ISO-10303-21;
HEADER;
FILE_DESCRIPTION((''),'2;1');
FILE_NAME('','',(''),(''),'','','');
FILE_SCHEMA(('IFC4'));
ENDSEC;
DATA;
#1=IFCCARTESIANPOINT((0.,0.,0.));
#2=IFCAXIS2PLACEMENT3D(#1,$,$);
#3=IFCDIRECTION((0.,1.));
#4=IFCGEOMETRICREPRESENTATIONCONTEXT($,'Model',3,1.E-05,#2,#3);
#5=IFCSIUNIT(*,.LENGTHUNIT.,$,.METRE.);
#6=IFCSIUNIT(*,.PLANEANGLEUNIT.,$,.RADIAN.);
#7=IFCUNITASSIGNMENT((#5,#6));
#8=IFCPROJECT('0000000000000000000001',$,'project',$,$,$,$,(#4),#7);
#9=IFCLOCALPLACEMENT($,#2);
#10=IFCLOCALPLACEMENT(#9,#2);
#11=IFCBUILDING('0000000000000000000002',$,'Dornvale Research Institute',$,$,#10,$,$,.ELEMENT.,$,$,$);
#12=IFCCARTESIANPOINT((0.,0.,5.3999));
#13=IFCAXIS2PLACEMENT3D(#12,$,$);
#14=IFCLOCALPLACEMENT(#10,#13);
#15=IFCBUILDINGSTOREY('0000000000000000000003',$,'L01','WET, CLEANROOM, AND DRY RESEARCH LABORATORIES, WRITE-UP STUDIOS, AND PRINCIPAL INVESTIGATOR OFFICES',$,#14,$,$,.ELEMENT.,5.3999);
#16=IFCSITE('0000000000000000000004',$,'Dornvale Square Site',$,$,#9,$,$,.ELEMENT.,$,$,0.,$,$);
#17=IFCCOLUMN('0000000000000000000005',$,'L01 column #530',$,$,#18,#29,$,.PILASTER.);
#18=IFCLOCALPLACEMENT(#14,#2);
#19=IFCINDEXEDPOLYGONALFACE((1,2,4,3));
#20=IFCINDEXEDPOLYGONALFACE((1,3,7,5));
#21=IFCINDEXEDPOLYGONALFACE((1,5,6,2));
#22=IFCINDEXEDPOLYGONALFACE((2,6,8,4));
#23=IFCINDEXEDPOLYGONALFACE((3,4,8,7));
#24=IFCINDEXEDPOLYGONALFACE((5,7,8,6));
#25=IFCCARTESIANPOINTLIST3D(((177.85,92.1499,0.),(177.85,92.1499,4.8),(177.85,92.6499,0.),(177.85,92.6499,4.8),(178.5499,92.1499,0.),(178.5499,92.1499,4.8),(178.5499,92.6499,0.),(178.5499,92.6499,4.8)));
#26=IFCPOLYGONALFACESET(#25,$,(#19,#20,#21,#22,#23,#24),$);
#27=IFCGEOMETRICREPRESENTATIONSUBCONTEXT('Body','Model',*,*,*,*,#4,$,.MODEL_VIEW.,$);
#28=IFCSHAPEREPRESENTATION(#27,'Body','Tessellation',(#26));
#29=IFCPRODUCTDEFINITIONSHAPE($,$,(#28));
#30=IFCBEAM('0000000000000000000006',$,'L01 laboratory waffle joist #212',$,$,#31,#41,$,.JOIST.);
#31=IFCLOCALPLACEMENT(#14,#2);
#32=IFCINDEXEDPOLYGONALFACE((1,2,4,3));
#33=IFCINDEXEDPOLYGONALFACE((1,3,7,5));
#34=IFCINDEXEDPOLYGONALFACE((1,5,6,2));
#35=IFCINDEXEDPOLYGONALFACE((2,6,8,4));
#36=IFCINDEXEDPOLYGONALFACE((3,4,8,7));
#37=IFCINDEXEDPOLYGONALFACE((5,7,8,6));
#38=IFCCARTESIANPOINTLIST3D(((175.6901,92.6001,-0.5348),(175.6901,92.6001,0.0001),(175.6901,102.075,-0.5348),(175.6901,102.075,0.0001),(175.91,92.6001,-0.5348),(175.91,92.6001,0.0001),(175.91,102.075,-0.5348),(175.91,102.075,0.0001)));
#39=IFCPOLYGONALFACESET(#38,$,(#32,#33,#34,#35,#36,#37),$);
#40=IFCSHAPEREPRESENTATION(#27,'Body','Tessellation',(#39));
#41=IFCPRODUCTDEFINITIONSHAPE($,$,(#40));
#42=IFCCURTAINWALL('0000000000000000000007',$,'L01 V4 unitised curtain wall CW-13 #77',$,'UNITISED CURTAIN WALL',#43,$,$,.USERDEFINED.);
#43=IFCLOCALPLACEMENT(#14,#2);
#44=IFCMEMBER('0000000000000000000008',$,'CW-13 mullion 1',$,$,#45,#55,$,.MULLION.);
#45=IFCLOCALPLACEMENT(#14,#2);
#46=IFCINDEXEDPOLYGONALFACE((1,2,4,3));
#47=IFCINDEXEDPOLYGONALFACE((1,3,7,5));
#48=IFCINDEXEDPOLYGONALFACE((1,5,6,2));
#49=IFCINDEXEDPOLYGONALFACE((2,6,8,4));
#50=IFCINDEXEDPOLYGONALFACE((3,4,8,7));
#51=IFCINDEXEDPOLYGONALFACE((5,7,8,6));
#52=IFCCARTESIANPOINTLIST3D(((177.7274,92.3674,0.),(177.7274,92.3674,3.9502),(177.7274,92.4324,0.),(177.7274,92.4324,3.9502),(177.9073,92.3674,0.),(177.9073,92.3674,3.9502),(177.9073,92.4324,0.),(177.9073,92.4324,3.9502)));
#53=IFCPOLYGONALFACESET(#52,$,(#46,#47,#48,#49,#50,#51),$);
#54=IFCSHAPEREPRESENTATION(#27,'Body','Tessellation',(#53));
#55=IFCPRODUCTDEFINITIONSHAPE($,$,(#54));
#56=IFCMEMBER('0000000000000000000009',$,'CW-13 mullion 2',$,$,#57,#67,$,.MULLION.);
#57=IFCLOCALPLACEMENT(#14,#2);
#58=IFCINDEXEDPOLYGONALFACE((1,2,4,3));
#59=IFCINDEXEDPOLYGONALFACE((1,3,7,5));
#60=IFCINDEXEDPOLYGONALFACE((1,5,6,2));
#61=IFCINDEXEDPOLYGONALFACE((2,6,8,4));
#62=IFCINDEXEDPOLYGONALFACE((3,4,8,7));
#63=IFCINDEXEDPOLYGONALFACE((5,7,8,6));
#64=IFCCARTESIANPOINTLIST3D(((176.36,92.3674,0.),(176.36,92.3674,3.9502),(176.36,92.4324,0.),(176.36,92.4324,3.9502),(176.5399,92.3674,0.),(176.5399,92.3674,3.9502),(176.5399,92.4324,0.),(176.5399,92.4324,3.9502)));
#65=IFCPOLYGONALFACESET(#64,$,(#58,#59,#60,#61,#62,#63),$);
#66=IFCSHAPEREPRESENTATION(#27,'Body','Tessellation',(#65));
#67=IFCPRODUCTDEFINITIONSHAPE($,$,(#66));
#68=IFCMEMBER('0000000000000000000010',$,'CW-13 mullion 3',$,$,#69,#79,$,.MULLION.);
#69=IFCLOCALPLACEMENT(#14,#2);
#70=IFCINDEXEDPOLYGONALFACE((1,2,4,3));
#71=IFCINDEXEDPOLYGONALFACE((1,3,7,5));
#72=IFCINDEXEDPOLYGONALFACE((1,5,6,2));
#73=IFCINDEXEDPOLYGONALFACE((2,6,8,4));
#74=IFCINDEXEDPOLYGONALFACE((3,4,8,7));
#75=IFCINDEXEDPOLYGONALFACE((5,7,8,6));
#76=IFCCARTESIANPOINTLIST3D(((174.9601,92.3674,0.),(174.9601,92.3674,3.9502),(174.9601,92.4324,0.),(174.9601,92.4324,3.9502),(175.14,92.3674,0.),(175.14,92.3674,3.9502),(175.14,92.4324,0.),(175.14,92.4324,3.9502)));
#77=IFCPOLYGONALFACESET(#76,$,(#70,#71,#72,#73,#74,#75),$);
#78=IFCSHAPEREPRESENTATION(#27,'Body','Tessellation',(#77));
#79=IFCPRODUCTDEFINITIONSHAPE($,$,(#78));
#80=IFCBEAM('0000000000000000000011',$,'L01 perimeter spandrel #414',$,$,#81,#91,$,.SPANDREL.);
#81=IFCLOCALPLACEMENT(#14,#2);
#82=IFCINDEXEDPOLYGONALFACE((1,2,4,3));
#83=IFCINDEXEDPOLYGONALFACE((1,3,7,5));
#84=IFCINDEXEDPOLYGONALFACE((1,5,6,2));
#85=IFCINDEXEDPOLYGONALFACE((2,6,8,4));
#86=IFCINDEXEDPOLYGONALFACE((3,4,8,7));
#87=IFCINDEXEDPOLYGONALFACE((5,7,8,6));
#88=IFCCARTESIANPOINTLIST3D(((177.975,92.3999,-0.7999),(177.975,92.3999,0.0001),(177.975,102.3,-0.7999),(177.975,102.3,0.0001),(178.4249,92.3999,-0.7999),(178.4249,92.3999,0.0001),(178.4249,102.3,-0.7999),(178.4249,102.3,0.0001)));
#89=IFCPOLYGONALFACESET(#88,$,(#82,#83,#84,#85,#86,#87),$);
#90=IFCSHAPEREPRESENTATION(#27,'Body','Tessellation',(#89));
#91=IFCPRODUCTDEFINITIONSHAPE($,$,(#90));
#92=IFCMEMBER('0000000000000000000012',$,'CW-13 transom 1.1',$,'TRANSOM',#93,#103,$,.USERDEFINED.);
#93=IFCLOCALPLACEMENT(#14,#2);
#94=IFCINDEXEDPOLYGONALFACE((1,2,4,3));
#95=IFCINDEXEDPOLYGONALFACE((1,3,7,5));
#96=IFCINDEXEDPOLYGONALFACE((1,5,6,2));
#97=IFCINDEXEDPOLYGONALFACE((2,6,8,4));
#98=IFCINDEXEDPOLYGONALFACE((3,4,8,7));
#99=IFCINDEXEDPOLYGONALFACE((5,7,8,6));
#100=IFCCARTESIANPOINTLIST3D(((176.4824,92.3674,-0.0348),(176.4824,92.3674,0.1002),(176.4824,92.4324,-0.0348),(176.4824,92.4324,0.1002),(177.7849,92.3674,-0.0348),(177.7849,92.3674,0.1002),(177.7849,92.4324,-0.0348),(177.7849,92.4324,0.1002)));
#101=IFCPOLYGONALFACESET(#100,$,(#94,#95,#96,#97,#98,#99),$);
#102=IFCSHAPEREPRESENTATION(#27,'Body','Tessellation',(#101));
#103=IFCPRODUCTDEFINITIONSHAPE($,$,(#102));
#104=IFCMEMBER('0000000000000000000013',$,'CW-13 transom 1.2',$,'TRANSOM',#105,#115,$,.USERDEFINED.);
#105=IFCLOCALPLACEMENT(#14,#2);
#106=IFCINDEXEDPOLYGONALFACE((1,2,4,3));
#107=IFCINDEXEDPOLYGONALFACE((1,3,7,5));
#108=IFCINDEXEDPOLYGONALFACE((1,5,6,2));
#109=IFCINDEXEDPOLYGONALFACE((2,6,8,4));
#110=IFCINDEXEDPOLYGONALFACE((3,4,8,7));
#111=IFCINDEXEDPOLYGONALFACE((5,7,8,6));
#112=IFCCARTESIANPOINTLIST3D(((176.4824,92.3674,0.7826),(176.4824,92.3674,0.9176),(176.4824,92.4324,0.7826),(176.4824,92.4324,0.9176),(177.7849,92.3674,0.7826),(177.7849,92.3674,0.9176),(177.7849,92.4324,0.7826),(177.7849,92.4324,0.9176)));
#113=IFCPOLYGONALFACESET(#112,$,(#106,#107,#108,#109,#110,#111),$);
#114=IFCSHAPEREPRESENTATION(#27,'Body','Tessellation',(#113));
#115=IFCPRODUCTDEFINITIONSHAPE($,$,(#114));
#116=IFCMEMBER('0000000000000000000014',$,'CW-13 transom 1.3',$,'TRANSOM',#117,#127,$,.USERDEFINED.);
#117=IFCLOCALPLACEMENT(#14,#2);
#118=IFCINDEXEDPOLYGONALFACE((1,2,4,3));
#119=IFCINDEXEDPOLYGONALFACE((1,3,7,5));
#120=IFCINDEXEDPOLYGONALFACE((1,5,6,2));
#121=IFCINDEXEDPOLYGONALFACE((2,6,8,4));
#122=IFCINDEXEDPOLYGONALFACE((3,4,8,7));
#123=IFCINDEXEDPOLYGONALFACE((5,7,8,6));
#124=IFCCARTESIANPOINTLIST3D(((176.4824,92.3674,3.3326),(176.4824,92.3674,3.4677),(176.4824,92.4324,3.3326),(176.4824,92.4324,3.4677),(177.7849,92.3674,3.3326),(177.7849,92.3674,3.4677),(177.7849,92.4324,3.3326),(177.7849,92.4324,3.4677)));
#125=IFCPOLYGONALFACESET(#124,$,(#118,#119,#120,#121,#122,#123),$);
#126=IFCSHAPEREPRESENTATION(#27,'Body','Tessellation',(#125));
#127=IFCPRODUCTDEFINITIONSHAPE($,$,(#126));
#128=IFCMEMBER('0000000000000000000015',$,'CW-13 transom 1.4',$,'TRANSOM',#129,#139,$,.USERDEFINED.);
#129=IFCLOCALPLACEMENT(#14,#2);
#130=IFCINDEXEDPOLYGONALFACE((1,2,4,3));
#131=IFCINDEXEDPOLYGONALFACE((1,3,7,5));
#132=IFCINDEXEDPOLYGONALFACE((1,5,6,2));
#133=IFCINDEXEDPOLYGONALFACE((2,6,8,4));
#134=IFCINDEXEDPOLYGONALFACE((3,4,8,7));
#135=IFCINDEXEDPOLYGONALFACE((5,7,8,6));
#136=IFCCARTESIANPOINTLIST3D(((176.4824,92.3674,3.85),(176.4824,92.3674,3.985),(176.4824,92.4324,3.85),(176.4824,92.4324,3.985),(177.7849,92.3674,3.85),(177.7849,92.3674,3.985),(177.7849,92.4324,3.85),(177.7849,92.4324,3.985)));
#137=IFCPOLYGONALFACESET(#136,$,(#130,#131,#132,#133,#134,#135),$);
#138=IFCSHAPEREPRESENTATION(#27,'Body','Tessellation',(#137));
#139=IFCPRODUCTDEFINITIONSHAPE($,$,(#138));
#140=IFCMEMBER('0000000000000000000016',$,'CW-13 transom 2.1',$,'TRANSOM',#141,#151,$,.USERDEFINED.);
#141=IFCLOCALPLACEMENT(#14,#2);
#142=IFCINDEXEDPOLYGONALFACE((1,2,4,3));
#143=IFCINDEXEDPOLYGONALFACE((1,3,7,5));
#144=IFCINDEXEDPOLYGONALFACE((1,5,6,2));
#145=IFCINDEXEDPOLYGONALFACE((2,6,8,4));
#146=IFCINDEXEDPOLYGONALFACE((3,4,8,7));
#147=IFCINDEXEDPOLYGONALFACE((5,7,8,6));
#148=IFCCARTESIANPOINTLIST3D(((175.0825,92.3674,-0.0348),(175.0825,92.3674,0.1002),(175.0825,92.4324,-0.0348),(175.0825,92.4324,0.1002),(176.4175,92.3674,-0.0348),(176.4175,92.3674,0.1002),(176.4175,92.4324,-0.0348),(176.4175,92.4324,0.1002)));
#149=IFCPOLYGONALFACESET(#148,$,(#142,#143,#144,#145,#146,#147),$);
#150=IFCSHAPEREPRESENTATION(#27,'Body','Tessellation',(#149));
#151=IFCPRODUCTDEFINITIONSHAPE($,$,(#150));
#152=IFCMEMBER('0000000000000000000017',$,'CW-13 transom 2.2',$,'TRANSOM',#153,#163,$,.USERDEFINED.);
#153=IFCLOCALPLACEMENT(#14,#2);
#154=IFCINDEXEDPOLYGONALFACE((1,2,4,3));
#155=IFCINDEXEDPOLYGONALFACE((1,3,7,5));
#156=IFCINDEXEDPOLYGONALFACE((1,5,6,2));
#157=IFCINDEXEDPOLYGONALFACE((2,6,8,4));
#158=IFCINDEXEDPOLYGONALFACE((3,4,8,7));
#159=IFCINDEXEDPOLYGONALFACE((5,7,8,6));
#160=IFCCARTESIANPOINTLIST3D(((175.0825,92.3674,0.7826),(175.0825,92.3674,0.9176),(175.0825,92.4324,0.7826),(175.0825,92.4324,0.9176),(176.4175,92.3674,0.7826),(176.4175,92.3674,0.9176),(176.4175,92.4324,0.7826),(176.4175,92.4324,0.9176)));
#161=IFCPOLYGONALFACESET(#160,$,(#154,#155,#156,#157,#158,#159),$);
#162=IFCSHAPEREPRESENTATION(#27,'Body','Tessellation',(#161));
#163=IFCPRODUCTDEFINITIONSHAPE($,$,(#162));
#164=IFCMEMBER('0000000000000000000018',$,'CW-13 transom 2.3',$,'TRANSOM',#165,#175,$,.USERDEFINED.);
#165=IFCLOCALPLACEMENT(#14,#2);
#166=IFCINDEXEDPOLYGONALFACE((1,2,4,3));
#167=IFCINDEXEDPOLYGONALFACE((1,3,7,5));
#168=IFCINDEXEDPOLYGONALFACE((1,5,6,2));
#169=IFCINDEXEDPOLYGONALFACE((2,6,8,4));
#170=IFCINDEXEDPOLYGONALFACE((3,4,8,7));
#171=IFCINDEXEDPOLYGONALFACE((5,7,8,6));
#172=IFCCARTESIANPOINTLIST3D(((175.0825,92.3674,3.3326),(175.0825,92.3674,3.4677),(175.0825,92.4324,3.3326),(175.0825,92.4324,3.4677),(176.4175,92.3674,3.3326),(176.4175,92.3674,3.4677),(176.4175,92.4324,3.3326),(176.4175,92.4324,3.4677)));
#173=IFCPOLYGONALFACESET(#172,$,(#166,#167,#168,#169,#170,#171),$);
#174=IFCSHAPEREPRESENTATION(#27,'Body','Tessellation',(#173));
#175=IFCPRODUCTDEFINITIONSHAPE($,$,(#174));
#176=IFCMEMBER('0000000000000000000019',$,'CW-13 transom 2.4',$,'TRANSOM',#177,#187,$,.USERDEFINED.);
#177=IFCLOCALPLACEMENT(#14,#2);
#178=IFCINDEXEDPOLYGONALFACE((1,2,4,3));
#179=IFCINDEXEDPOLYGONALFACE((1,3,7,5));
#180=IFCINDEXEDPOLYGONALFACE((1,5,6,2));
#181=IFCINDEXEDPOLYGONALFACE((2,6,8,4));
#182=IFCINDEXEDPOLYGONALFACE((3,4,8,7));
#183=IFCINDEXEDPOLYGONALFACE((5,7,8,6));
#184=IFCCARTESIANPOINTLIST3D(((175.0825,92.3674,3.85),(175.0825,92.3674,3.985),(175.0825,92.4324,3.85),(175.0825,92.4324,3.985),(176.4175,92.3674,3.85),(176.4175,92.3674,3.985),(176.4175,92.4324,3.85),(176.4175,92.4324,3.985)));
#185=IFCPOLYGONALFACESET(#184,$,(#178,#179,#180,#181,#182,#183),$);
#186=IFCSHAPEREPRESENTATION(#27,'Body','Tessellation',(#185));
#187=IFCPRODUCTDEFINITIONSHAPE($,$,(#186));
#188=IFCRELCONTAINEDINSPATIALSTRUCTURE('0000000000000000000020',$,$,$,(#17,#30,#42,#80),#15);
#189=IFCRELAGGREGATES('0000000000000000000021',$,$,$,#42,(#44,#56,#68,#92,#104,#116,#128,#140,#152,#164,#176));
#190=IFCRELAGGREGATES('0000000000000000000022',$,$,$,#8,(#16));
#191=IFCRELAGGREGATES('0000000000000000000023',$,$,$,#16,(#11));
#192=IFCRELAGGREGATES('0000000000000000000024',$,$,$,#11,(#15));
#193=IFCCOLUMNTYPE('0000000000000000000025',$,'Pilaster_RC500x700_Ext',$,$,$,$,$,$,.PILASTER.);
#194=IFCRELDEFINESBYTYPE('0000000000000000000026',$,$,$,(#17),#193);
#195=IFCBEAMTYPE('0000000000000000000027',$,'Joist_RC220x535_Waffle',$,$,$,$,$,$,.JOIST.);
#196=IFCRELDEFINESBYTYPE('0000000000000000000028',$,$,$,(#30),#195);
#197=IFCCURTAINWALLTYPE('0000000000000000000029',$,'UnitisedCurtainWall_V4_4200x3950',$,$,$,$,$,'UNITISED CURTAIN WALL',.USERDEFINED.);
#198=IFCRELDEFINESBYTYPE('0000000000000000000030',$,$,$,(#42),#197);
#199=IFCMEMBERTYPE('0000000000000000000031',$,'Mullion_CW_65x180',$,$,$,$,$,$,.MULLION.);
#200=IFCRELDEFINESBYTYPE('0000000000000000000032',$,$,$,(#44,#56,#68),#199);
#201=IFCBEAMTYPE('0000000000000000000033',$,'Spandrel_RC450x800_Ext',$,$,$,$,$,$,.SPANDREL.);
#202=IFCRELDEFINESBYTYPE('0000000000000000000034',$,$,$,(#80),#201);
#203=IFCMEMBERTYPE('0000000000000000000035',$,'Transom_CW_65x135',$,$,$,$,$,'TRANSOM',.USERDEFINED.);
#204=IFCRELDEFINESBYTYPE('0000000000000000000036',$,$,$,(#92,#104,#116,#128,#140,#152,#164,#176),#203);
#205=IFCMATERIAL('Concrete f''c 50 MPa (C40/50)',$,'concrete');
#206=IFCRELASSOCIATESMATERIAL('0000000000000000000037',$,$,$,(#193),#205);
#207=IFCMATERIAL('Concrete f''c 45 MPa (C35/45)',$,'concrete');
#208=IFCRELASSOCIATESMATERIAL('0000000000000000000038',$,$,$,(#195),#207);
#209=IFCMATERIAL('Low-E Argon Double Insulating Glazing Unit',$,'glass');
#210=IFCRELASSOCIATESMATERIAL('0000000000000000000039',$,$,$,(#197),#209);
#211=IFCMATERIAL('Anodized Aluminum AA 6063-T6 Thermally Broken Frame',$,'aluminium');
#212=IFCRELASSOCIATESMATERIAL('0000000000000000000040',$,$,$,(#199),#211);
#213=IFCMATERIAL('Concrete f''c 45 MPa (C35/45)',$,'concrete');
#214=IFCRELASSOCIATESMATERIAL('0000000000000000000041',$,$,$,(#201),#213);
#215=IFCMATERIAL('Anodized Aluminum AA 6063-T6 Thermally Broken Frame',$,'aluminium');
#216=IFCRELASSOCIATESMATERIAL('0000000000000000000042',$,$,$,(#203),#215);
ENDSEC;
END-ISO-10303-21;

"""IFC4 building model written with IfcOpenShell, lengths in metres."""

from ifc_helpers import new_model, si_unit, direction, frame, origin, origin_2d, place, context, subcontext, project, spatial, rectangle, extrude, material, material_profile, profile_set, type_object, element, aggregate, save


model = new_model("IFC4")

# Units and contexts
model_context = context("Model", 3, precision=1e-05, world=origin(), true_north=direction((0.0, 1.0)))
body_context = subcontext(model_context, "Body", "Model", "MODEL_VIEW")
ifc_project = project(units=[si_unit("LENGTHUNIT", "METRE"), si_unit("PLANEANGLEUNIT", "RADIAN")], contexts=[model_context])

# Site, building, storey
site_placement = place(None, origin())
site = spatial("IfcSite", under=ifc_project, at=site_placement, Name="Dornvale Square Site", CompositionType="ELEMENT", RefElevation=0.0)
building_placement = place(site_placement, origin())
building = spatial("IfcBuilding", under=site, at=building_placement, Name="Dornvale Research Institute", CompositionType="ELEMENT")
storey_placement = place(building_placement, frame((0.0, 0.0, 5.3999)))
storey = spatial("IfcBuildingStorey", under=building, at=storey_placement, Name="L01", Description="WET, CLEANROOM, AND DRY RESEARCH LABORATORIES, WRITE-UP STUDIOS, AND PRINCIPAL INVESTIGATOR OFFICES", CompositionType="ELEMENT", Elevation=5.3999)

# Column
ifc_material_1 = material(Name="Concrete f'c 50 MPa (C40/50)", Category="concrete")
ifc_material_profile_1 = material_profile(ifc_material_1, rectangle(XDim=0.5, YDim=0.7, at=origin_2d()), Name="RC 500x700")
ifc_profile_set_1 = profile_set([ifc_material_profile_1], Name="Concrete f'c 50 MPa (C40/50)")
column_type = type_object("IfcColumnType", Name="Pilaster_RC500x700_Ext", PredefinedType="PILASTER", material=ifc_profile_set_1)
column_placement = place(storey_placement, frame((178.2, 92.3999, 0.0), z_axis=(0.0, 0.0, 1.0), x_axis=(0.0, 1.0, 0.0)))
element("IfcColumn", 1, at=column_placement, inside=storey, type_object=column_type, Name="L01 column #530", PredefinedType="PILASTER", context=body_context, shape_type="SweptSolid", body=[
    extrude(rectangle(XDim=0.5, YDim=0.7, at=origin_2d()), origin(), (0.0, 0.0, 1.0), 4.8),
])

# Beam
ifc_material_2 = material(Name="Concrete f'c 45 MPa (C35/45)", Category="concrete")
ifc_material_profile_2 = material_profile(ifc_material_2, rectangle(XDim=0.22, YDim=0.5349, at=origin_2d()), Name="RC 220x535")
ifc_profile_set_2 = profile_set([ifc_material_profile_2], Name="Concrete f'c 45 MPa (C35/45)")
beam_type_1 = type_object("IfcBeamType", Name="Joist_RC220x535_Waffle", PredefinedType="JOIST", material=ifc_profile_set_2)
beam_1_placement = place(storey_placement, frame((175.8, 92.6001, -0.2673), z_axis=(0.0, 1.0, 0.0), x_axis=(-1.0, 0.0, 0.0)))
element("IfcBeam", 2, at=beam_1_placement, inside=storey, type_object=beam_type_1, Name="L01 laboratory waffle joist #212", PredefinedType="JOIST", context=body_context, shape_type="SweptSolid", body=[
    extrude(rectangle(XDim=0.22, YDim=0.5349, at=origin_2d()), origin(), (0.0, 0.0, 1.0), 9.4749),
])

# Curtain wall, members
ifc_material_3 = material(Name="Low-E Argon Double Insulating Glazing Unit", Category="glass")
curtain_wall_type = type_object("IfcCurtainWallType", Name="UnitisedCurtainWall_V4_4200x3950", ElementType="UNITISED CURTAIN WALL", PredefinedType="USERDEFINED", material=ifc_material_3)
curtain_wall_placement = place(storey_placement, origin())
curtain_wall = element("IfcCurtainWall", 3, at=curtain_wall_placement, inside=storey, type_object=curtain_wall_type, Name="L01 V4 unitised curtain wall CW-13 #77", ObjectType="UNITISED CURTAIN WALL", PredefinedType="USERDEFINED")
ifc_material_4 = material(Name="Anodized Aluminum AA 6063-T6 Thermally Broken Frame", Category="aluminium")
ifc_material_profile_3 = material_profile(ifc_material_4, rectangle(XDim=0.0649, YDim=0.1799, at=origin_2d()), Name="ALU MULLION 65x180")
ifc_profile_set_3 = profile_set([ifc_material_profile_3], Name="Anodized Aluminum AA 6063-T6 Thermally Broken Frame")
member_type_1 = type_object("IfcMemberType", Name="Mullion_CW_65x180", PredefinedType="MULLION", material=ifc_profile_set_3)
member_1_placement = place(storey_placement, frame((177.8174, 92.3999, 0.0), z_axis=(0.0, 0.0, 1.0), x_axis=(0.0, -1.0, 0.0)))
member_1 = element("IfcMember", 4, at=member_1_placement, type_object=member_type_1, Name="CW-13 mullion 1", PredefinedType="MULLION", context=body_context, shape_type="SweptSolid", body=[
    extrude(rectangle(XDim=0.0649, YDim=0.1799, at=origin_2d()), origin(), (0.0, 0.0, 1.0), 3.9502),
])
member_2_placement = place(storey_placement, frame((176.45, 92.3999, 0.0), z_axis=(0.0, 0.0, 1.0), x_axis=(0.0, -1.0, 0.0)))
member_2 = element("IfcMember", 5, at=member_2_placement, type_object=member_type_1, Name="CW-13 mullion 2", PredefinedType="MULLION", context=body_context, shape_type="SweptSolid", body=[
    extrude(rectangle(XDim=0.0649, YDim=0.1799, at=origin_2d()), origin(), (0.0, 0.0, 1.0), 3.9502),
])
member_3_placement = place(storey_placement, frame((175.05, 92.3999, 0.0), z_axis=(0.0, 0.0, 1.0), x_axis=(0.0, -1.0, 0.0)))
member_3 = element("IfcMember", 6, at=member_3_placement, type_object=member_type_1, Name="CW-13 mullion 3", PredefinedType="MULLION", context=body_context, shape_type="SweptSolid", body=[
    extrude(rectangle(XDim=0.0649, YDim=0.1799, at=origin_2d()), origin(), (0.0, 0.0, 1.0), 3.9502),
])

# Beam
ifc_material_5 = material(Name="Concrete f'c 45 MPa (C35/45)", Category="concrete")
ifc_material_profile_4 = material_profile(ifc_material_5, rectangle(XDim=0.45, YDim=0.8, at=origin_2d()), Name="RC 450x800")
ifc_profile_set_4 = profile_set([ifc_material_profile_4], Name="Concrete f'c 45 MPa (C35/45)")
beam_type_2 = type_object("IfcBeamType", Name="Spandrel_RC450x800_Ext", PredefinedType="SPANDREL", material=ifc_profile_set_4)
beam_2_placement = place(storey_placement, frame((178.2, 92.3999, -0.3999), z_axis=(0.0, 1.0, 0.0), x_axis=(-1.0, 0.0, 0.0)))
element("IfcBeam", 7, at=beam_2_placement, inside=storey, type_object=beam_type_2, Name="L01 perimeter spandrel #414", PredefinedType="SPANDREL", context=body_context, shape_type="SweptSolid", body=[
    extrude(rectangle(XDim=0.45, YDim=0.8, at=origin_2d()), origin(), (0.0, 0.0, 1.0), 9.9001),
])

# Members
ifc_material_6 = material(Name="Anodized Aluminum AA 6063-T6 Thermally Broken Frame", Category="aluminium")
ifc_material_profile_5 = material_profile(ifc_material_6, rectangle(XDim=0.0649, YDim=0.135, at=origin_2d()), Name="ALU TRANSOM 65x135")
ifc_profile_set_5 = profile_set([ifc_material_profile_5], Name="Anodized Aluminum AA 6063-T6 Thermally Broken Frame")
member_type_2 = type_object("IfcMemberType", Name="Transom_CW_65x135", ElementType="TRANSOM", PredefinedType="USERDEFINED", material=ifc_profile_set_5)
member_4_placement = place(storey_placement, frame((177.7849, 92.3999, 0.0327), z_axis=(-1.0, 0.0, 0.0), x_axis=(0.0, -1.0, 0.0)))
member_4 = element("IfcMember", 8, at=member_4_placement, type_object=member_type_2, Name="CW-13 transom 1.1", ObjectType="TRANSOM", PredefinedType="USERDEFINED", context=body_context, shape_type="SweptSolid", body=[
    extrude(rectangle(XDim=0.0649, YDim=0.135, at=origin_2d()), origin(), (0.0, 0.0, 1.0), 1.3025),
])
member_5_placement = place(storey_placement, frame((177.7849, 92.3999, 0.8501), z_axis=(-1.0, 0.0, 0.0), x_axis=(0.0, -1.0, 0.0)))
member_5 = element("IfcMember", 9, at=member_5_placement, type_object=member_type_2, Name="CW-13 transom 1.2", ObjectType="TRANSOM", PredefinedType="USERDEFINED", context=body_context, shape_type="SweptSolid", body=[
    extrude(rectangle(XDim=0.0649, YDim=0.135, at=origin_2d()), origin(), (0.0, 0.0, 1.0), 1.3025),
])
member_6_placement = place(storey_placement, frame((177.7849, 92.3999, 3.4001), z_axis=(-1.0, 0.0, 0.0), x_axis=(0.0, -1.0, 0.0)))
member_6 = element("IfcMember", 10, at=member_6_placement, type_object=member_type_2, Name="CW-13 transom 1.3", ObjectType="TRANSOM", PredefinedType="USERDEFINED", context=body_context, shape_type="SweptSolid", body=[
    extrude(rectangle(XDim=0.0649, YDim=0.135, at=origin_2d()), origin(), (0.0, 0.0, 1.0), 1.3025),
])
member_7_placement = place(storey_placement, frame((177.7849, 92.3999, 3.9175), z_axis=(-1.0, 0.0, 0.0), x_axis=(0.0, -1.0, 0.0)))
member_7 = element("IfcMember", 11, at=member_7_placement, type_object=member_type_2, Name="CW-13 transom 1.4", ObjectType="TRANSOM", PredefinedType="USERDEFINED", context=body_context, shape_type="SweptSolid", body=[
    extrude(rectangle(XDim=0.0649, YDim=0.135, at=origin_2d()), origin(), (0.0, 0.0, 1.0), 1.3025),
])
member_8_placement = place(storey_placement, frame((176.4175, 92.3999, 0.0327), z_axis=(-1.0, 0.0, 0.0), x_axis=(0.0, -1.0, 0.0)))
member_8 = element("IfcMember", 12, at=member_8_placement, type_object=member_type_2, Name="CW-13 transom 2.1", ObjectType="TRANSOM", PredefinedType="USERDEFINED", context=body_context, shape_type="SweptSolid", body=[
    extrude(rectangle(XDim=0.0649, YDim=0.135, at=origin_2d()), origin(), (0.0, 0.0, 1.0), 1.335),
])
member_9_placement = place(storey_placement, frame((176.4175, 92.3999, 0.8501), z_axis=(-1.0, 0.0, 0.0), x_axis=(0.0, -1.0, 0.0)))
member_9 = element("IfcMember", 13, at=member_9_placement, type_object=member_type_2, Name="CW-13 transom 2.2", ObjectType="TRANSOM", PredefinedType="USERDEFINED", context=body_context, shape_type="SweptSolid", body=[
    extrude(rectangle(XDim=0.0649, YDim=0.135, at=origin_2d()), origin(), (0.0, 0.0, 1.0), 1.335),
])
member_10_placement = place(storey_placement, frame((176.4175, 92.3999, 3.4001), z_axis=(-1.0, 0.0, 0.0), x_axis=(0.0, -1.0, 0.0)))
member_10 = element("IfcMember", 14, at=member_10_placement, type_object=member_type_2, Name="CW-13 transom 2.3", ObjectType="TRANSOM", PredefinedType="USERDEFINED", context=body_context, shape_type="SweptSolid", body=[
    extrude(rectangle(XDim=0.0649, YDim=0.135, at=origin_2d()), origin(), (0.0, 0.0, 1.0), 1.335),
])
member_11_placement = place(storey_placement, frame((176.4175, 92.3999, 3.9175), z_axis=(-1.0, 0.0, 0.0), x_axis=(0.0, -1.0, 0.0)))
member_11 = element("IfcMember", 15, at=member_11_placement, type_object=member_type_2, Name="CW-13 transom 2.4", ObjectType="TRANSOM", PredefinedType="USERDEFINED", context=body_context, shape_type="SweptSolid", body=[
    extrude(rectangle(XDim=0.0649, YDim=0.135, at=origin_2d()), origin(), (0.0, 0.0, 1.0), 1.335),
])

aggregate(curtain_wall, [member_1, member_2, member_3, member_4, member_5, member_6, member_7, member_8, member_9, member_10, member_11])

save(model, "model.ifc")
